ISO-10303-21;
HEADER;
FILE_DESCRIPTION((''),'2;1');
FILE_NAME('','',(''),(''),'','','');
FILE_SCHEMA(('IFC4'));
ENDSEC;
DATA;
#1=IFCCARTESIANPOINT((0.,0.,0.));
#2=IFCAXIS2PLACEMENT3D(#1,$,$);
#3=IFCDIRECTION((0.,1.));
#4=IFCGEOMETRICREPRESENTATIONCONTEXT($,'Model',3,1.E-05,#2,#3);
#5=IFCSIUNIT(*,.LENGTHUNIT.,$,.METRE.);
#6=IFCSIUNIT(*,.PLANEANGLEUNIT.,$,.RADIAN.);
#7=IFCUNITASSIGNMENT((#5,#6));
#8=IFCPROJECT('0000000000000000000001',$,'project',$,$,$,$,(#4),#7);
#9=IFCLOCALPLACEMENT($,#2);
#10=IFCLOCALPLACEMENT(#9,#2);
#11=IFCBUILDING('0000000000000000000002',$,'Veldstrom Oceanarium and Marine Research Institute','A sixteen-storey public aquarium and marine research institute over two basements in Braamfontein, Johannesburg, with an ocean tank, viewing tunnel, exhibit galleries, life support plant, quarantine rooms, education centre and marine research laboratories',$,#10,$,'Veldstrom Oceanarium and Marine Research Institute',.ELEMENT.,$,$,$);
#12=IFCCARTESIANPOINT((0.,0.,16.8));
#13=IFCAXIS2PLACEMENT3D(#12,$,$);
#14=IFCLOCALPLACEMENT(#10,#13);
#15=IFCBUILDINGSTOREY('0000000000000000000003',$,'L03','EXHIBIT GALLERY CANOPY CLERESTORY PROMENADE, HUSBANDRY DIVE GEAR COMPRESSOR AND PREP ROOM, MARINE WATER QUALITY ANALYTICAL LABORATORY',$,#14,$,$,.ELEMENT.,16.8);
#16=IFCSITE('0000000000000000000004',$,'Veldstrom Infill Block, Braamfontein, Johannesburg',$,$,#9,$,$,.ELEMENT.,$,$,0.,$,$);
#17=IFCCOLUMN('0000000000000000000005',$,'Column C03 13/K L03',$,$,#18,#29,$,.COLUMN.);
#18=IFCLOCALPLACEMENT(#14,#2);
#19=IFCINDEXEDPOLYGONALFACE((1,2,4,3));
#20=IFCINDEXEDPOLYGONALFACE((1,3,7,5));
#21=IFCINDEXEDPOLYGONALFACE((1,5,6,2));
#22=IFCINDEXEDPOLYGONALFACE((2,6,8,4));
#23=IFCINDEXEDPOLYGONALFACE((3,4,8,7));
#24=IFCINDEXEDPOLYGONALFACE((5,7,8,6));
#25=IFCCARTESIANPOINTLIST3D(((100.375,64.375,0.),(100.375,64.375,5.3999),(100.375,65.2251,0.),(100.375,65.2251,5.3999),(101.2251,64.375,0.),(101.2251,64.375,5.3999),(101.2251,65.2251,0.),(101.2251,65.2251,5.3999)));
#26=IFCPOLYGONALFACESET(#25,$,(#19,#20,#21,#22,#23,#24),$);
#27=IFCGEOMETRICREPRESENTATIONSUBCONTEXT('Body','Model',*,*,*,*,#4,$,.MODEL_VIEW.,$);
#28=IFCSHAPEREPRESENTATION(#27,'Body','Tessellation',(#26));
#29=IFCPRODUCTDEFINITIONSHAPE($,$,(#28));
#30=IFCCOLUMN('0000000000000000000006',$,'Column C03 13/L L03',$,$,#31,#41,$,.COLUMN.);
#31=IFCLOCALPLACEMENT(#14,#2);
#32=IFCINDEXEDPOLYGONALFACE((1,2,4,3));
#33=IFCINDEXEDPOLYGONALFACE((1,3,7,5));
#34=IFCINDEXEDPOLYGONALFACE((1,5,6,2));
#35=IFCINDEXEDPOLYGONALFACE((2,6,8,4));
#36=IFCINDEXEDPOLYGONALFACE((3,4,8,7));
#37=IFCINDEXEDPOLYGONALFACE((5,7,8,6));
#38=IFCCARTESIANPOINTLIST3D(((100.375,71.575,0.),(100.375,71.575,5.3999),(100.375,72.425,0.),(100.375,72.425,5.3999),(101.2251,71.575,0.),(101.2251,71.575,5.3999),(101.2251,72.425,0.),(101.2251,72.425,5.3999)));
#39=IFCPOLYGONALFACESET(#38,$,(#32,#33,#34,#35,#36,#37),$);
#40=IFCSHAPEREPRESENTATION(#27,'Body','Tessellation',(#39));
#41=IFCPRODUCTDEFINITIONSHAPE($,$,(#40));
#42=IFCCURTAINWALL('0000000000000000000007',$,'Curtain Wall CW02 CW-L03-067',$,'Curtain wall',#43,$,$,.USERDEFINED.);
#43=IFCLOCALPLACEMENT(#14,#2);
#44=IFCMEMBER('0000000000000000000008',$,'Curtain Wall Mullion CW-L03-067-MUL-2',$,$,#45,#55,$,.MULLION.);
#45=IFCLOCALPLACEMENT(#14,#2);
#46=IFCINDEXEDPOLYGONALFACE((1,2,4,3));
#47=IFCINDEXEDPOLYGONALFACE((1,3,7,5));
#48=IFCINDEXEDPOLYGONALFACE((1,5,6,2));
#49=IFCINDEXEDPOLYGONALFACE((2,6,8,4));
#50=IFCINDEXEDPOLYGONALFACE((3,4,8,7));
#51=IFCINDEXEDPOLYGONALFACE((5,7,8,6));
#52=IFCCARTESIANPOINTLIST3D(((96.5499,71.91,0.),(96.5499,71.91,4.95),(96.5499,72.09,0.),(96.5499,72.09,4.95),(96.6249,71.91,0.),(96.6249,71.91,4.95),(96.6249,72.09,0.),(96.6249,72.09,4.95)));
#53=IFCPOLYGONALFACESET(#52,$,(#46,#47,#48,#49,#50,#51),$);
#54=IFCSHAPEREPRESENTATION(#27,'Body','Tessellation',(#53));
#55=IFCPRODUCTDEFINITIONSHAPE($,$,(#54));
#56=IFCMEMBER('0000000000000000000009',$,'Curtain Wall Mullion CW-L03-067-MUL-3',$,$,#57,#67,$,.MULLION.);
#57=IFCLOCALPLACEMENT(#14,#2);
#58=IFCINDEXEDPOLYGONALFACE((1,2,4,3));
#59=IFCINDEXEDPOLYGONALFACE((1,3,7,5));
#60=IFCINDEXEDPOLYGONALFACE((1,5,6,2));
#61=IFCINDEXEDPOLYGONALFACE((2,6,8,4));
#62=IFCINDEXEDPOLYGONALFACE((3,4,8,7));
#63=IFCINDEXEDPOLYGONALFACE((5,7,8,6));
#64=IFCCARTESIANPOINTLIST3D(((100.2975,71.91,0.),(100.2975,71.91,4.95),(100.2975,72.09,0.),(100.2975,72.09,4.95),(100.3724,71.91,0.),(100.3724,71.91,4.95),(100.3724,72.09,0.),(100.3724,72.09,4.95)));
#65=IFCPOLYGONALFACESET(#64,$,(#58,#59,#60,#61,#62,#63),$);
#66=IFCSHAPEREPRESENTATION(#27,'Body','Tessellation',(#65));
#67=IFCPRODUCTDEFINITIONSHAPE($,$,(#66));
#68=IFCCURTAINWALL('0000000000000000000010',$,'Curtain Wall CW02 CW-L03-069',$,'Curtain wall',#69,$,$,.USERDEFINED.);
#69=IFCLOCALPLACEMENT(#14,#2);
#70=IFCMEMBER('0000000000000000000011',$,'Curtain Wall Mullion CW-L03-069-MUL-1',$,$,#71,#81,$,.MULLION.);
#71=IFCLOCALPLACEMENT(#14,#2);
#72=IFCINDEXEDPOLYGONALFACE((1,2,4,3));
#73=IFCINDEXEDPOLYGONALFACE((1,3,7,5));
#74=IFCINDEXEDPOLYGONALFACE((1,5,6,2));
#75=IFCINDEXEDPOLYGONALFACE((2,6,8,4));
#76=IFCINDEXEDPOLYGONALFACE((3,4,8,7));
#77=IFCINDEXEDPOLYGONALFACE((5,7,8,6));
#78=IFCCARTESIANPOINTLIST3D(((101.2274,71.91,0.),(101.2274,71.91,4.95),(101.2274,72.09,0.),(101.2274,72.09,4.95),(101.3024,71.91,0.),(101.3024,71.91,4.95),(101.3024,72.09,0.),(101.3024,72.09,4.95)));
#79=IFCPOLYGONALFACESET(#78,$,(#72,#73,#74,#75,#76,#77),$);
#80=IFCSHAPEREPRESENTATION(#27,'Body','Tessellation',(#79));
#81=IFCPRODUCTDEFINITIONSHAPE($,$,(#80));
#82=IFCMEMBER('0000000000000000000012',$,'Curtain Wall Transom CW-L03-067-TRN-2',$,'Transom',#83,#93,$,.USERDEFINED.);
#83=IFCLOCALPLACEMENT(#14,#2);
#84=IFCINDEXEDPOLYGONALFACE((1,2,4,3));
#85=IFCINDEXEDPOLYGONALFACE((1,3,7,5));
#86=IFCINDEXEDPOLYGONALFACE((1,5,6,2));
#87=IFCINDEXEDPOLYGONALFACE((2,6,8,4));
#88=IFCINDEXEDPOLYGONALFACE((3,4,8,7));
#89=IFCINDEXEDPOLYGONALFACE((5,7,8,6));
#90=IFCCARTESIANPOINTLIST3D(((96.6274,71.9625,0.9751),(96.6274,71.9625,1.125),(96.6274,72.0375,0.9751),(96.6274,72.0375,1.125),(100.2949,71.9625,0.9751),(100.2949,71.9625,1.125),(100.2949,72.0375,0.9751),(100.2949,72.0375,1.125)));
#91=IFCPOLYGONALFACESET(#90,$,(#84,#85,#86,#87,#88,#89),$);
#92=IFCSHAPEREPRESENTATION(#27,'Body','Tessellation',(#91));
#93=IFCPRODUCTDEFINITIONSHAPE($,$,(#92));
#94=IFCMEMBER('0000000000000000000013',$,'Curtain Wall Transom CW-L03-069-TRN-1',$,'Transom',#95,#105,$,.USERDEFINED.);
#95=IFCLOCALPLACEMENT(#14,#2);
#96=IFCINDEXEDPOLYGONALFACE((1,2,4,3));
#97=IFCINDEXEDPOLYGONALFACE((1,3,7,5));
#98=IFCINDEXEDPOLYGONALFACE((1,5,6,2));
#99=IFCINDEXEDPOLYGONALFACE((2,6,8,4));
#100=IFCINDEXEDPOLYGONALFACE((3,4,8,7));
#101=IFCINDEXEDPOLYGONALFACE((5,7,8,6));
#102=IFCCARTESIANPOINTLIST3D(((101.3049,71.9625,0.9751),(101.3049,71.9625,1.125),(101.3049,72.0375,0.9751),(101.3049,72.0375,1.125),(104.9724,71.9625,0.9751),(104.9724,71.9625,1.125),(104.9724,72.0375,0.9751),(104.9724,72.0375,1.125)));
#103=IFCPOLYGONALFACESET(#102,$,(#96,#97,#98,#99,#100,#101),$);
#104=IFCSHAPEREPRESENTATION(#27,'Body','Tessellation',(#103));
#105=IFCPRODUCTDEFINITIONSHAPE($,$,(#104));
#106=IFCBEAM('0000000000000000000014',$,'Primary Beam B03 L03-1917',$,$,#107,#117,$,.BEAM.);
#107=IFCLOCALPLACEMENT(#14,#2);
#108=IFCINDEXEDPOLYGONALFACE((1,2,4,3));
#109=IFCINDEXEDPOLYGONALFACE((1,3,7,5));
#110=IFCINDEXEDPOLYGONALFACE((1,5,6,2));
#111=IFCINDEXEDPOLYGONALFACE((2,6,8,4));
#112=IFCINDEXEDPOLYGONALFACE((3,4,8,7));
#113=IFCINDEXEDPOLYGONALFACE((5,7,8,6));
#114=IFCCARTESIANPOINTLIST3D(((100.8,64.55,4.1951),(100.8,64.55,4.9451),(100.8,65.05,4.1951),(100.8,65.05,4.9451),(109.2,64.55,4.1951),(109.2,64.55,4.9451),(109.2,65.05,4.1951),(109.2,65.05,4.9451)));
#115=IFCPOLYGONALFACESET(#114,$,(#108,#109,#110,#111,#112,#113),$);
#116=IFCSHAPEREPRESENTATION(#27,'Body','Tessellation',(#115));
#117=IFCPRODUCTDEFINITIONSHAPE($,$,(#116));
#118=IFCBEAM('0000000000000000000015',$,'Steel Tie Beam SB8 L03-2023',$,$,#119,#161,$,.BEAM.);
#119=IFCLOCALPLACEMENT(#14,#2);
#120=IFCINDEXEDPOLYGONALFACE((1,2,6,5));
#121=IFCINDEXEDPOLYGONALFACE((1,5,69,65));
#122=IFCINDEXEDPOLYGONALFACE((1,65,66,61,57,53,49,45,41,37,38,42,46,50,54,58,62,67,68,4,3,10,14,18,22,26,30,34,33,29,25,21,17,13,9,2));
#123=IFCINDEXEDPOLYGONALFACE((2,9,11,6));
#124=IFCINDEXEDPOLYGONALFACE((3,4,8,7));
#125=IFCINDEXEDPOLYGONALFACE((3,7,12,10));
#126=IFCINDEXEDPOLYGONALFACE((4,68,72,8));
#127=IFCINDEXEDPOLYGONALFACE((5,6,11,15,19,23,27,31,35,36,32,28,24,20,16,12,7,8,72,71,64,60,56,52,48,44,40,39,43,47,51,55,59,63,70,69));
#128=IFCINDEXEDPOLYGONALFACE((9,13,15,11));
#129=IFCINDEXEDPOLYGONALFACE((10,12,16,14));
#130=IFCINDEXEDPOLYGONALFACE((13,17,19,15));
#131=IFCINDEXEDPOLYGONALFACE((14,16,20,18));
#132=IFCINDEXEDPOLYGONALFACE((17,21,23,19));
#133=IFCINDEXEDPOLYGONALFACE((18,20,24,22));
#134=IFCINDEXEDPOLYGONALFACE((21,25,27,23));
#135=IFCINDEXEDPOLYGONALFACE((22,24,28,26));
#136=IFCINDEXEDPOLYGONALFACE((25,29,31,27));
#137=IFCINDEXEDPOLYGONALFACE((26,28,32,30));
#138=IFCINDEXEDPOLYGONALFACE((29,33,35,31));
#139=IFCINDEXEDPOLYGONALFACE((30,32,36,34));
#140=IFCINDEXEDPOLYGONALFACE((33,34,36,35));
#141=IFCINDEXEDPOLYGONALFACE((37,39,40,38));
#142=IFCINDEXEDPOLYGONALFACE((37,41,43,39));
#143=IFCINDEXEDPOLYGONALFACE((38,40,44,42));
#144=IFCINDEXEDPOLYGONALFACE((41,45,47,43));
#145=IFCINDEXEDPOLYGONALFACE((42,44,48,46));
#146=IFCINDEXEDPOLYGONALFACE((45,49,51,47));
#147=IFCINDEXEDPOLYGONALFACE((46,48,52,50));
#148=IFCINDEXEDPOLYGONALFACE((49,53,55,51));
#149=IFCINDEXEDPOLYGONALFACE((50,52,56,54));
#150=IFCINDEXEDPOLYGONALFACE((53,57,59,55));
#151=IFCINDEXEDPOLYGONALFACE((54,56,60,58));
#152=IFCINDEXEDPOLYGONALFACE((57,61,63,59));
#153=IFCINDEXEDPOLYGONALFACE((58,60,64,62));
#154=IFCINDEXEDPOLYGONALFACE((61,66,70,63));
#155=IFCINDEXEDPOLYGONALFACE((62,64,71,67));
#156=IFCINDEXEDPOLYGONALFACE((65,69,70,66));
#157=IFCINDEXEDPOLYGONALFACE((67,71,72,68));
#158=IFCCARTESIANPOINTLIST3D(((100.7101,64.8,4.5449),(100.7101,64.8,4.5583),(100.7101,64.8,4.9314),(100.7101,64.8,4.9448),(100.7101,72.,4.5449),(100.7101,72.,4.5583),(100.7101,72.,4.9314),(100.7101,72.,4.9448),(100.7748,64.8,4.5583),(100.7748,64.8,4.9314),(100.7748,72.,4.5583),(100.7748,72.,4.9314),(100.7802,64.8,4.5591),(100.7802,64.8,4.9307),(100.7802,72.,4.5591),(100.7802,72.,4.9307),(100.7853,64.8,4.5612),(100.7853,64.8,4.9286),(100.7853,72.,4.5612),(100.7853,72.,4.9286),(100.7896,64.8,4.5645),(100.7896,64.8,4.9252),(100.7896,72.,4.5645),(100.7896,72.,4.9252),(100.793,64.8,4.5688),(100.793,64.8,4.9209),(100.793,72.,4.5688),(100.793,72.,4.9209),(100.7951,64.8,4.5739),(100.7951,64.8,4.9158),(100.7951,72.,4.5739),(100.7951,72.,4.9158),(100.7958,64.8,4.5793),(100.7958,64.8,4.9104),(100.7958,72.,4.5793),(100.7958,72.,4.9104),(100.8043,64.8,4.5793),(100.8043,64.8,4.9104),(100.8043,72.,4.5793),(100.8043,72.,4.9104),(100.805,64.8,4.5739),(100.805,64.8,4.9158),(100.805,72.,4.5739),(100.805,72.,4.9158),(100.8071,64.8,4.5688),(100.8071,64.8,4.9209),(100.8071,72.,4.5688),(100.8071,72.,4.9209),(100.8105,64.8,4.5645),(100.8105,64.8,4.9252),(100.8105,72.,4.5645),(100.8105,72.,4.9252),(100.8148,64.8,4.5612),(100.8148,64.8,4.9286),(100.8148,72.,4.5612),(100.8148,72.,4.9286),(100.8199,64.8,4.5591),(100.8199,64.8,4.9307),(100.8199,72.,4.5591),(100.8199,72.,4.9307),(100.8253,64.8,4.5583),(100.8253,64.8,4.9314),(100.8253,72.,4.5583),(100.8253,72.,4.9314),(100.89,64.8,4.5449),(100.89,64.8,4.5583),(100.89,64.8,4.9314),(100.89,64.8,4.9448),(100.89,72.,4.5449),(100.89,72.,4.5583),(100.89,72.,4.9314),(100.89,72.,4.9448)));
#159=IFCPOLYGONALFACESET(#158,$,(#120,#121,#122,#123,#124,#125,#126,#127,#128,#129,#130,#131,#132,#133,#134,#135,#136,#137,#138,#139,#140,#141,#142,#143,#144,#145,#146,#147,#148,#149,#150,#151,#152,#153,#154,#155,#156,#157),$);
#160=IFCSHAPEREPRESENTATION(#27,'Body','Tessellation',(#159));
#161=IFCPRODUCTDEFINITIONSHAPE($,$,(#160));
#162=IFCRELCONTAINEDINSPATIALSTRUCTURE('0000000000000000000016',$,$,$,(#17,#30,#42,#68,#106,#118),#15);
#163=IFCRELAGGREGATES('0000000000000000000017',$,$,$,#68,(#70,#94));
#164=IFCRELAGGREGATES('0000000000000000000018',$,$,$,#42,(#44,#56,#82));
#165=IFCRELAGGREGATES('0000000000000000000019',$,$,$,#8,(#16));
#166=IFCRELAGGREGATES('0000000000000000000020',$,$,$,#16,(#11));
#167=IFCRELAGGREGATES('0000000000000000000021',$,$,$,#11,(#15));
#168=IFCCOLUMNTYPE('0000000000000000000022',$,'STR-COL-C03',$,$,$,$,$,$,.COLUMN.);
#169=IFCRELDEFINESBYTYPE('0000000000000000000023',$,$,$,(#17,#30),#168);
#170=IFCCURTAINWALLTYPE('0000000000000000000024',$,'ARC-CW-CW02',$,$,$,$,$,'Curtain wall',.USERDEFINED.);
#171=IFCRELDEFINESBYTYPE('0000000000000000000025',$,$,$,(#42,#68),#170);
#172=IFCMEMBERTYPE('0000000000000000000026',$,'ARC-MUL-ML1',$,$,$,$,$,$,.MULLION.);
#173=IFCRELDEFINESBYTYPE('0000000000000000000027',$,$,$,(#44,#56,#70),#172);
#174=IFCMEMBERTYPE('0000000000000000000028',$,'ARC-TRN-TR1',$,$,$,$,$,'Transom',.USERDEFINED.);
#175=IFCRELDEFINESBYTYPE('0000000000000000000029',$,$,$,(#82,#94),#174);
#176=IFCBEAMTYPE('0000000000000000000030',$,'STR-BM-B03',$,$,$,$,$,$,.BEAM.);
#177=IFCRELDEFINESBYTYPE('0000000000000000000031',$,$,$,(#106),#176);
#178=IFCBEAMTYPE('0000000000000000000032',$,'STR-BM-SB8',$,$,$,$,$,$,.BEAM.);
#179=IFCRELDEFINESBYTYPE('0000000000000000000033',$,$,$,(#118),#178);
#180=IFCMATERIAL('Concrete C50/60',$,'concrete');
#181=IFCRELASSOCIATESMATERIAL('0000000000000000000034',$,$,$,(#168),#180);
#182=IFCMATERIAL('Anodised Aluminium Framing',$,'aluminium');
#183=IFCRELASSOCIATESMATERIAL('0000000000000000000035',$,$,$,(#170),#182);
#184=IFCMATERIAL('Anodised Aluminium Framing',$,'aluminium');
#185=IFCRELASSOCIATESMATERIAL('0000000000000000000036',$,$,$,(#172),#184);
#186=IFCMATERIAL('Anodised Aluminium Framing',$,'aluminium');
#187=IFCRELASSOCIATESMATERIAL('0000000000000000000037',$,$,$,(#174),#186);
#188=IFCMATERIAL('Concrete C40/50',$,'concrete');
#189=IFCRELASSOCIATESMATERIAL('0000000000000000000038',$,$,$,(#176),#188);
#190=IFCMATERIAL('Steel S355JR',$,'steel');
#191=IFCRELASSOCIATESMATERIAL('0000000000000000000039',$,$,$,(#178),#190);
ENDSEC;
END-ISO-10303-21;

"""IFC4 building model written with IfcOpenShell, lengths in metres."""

from ifc_helpers import new_model, si_unit, direction, frame, origin, origin_2d, place, context, subcontext, project, spatial, rectangle, i_section, extrude, material, material_profile, profile_set, type_object, element, aggregate, save


model = new_model("IFC4")

# Units and contexts
model_context = context("Model", 3, precision=1e-05, world=origin(), true_north=direction((0.0, 1.0)))
body_context = subcontext(model_context, "Body", "Model", "MODEL_VIEW")
ifc_project = project(units=[si_unit("LENGTHUNIT", "METRE"), si_unit("PLANEANGLEUNIT", "RADIAN")], contexts=[model_context])

# Site, building, storey
site_placement = place(None, origin())
site = spatial("IfcSite", under=ifc_project, at=site_placement, Name="Veldstrom Infill Block, Braamfontein, Johannesburg", CompositionType="ELEMENT", RefElevation=0.0)
building_placement = place(site_placement, origin())
building = spatial("IfcBuilding", under=site, at=building_placement, Name="Veldstrom Oceanarium and Marine Research Institute", Description="A sixteen-storey public aquarium and marine research institute over two basements in Braamfontein, Johannesburg, with an ocean tank, viewing tunnel, exhibit galleries, life support plant, quarantine rooms, education centre and marine research laboratories", LongName="Veldstrom Oceanarium and Marine Research Institute", CompositionType="ELEMENT")
storey_placement = place(building_placement, frame((0.0, 0.0, 16.8)))
storey = spatial("IfcBuildingStorey", under=building, at=storey_placement, Name="L03", Description="EXHIBIT GALLERY CANOPY CLERESTORY PROMENADE, HUSBANDRY DIVE GEAR COMPRESSOR AND PREP ROOM, MARINE WATER QUALITY ANALYTICAL LABORATORY", CompositionType="ELEMENT", Elevation=16.8)

# Columns
ifc_material_1 = material(Name="Concrete C50/60", Category="concrete")
ifc_material_profile_1 = material_profile(ifc_material_1, rectangle(XDim=0.8501, YDim=0.8501, at=origin_2d()), Name="RC-COL-850x850")
ifc_profile_set_1 = profile_set([ifc_material_profile_1], Name="Concrete C50/60")
column_type = type_object("IfcColumnType", Name="STR-COL-C03", PredefinedType="COLUMN", material=ifc_profile_set_1)
for number, where, z_axis, x_axis, name in (
    (1, (100.8, 64.8, 0.0), (0.0, 0.0, 1.0), (1.0, 0.0, 0.0), "Column C03 13/K L03"),
    (2, (100.8, 72.0, 0.0), (0.0, 0.0, 1.0), (1.0, 0.0, 0.0), "Column C03 13/L L03"),
):
    element("IfcColumn", number, at=place(storey_placement, frame(where, z_axis=z_axis, x_axis=x_axis)), inside=storey, type_object=column_type, Name=name, PredefinedType="COLUMN", context=body_context, shape_type="SweptSolid", body=[
        extrude(rectangle(XDim=0.8501, YDim=0.8501, at=origin_2d()), origin(), (0.0, 0.0, 1.0), 5.3999),
    ])

# Curtain wall, members
ifc_material_2 = material(Name="Anodised Aluminium Framing", Category="aluminium")
curtain_wall_type = type_object("IfcCurtainWallType", Name="ARC-CW-CW02", ElementType="Curtain wall", PredefinedType="USERDEFINED", material=ifc_material_2)
curtain_wall_1_placement = place(storey_placement, origin())
curtain_wall_1 = element("IfcCurtainWall", 3, at=curtain_wall_1_placement, inside=storey, type_object=curtain_wall_type, Name="Curtain Wall CW02 CW-L03-067", ObjectType="Curtain wall", PredefinedType="USERDEFINED")
ifc_material_3 = material(Name="Anodised Aluminium Framing", Category="aluminium")
ifc_material_profile_2 = material_profile(ifc_material_3, rectangle(XDim=0.075, YDim=0.1799, at=origin_2d()), Name="ALU-MUL-75x180")
ifc_profile_set_2 = profile_set([ifc_material_profile_2], Name="Anodised Aluminium Framing")
member_type_1 = type_object("IfcMemberType", Name="ARC-MUL-ML1", PredefinedType="MULLION", material=ifc_profile_set_2)
member_1_placement = place(storey_placement, frame((96.5874, 72.0, 0.0), z_axis=(0.0, 0.0, 1.0), x_axis=(1.0, 0.0, 0.0)))
member_1 = element("IfcMember", 4, at=member_1_placement, type_object=member_type_1, Name="Curtain Wall Mullion CW-L03-067-MUL-2", PredefinedType="MULLION", context=body_context, shape_type="SweptSolid", body=[
    extrude(rectangle(XDim=0.075, YDim=0.1799, at=origin_2d()), origin(), (0.0, 0.0, 1.0), 4.95),
])
member_2_placement = place(storey_placement, frame((100.335, 72.0, 0.0), z_axis=(0.0, 0.0, 1.0), x_axis=(1.0, 0.0, 0.0)))
member_2 = element("IfcMember", 5, at=member_2_placement, type_object=member_type_1, Name="Curtain Wall Mullion CW-L03-067-MUL-3", PredefinedType="MULLION", context=body_context, shape_type="SweptSolid", body=[
    extrude(rectangle(XDim=0.075, YDim=0.1799, at=origin_2d()), origin(), (0.0, 0.0, 1.0), 4.95),
])

# Curtain wall, member
curtain_wall_2_placement = place(storey_placement, origin())
curtain_wall_2 = element("IfcCurtainWall", 6, at=curtain_wall_2_placement, inside=storey, type_object=curtain_wall_type, Name="Curtain Wall CW02 CW-L03-069", ObjectType="Curtain wall", PredefinedType="USERDEFINED")
member_3_placement = place(storey_placement, frame((101.2649, 72.0, 0.0), z_axis=(0.0, 0.0, 1.0), x_axis=(1.0, 0.0, 0.0)))
member_3 = element("IfcMember", 7, at=member_3_placement, type_object=member_type_1, Name="Curtain Wall Mullion CW-L03-069-MUL-1", PredefinedType="MULLION", context=body_context, shape_type="SweptSolid", body=[
    extrude(rectangle(XDim=0.075, YDim=0.1799, at=origin_2d()), origin(), (0.0, 0.0, 1.0), 4.95),
])

# Members
ifc_material_4 = material(Name="Anodised Aluminium Framing", Category="aluminium")
ifc_material_profile_3 = material_profile(ifc_material_4, rectangle(XDim=0.075, YDim=0.1499, at=origin_2d()), Name="ALU-TRN-75x150")
ifc_profile_set_3 = profile_set([ifc_material_profile_3], Name="Anodised Aluminium Framing")
member_type_2 = type_object("IfcMemberType", Name="ARC-TRN-TR1", ElementType="Transom", PredefinedType="USERDEFINED", material=ifc_profile_set_3)
member_4_placement = place(storey_placement, frame((96.6274, 72.0, 1.05), z_axis=(1.0, 0.0, 0.0), x_axis=(0.0, 1.0, 0.0)))
member_4 = element("IfcMember", 8, at=member_4_placement, type_object=member_type_2, Name="Curtain Wall Transom CW-L03-067-TRN-2", ObjectType="Transom", PredefinedType="USERDEFINED", context=body_context, shape_type="SweptSolid", body=[
    extrude(rectangle(XDim=0.075, YDim=0.1499, at=origin_2d()), origin(), (0.0, 0.0, 1.0), 3.6675),
])
member_5_placement = place(storey_placement, frame((101.3049, 72.0, 1.05), z_axis=(1.0, 0.0, 0.0), x_axis=(0.0, 1.0, 0.0)))
member_5 = element("IfcMember", 9, at=member_5_placement, type_object=member_type_2, Name="Curtain Wall Transom CW-L03-069-TRN-1", ObjectType="Transom", PredefinedType="USERDEFINED", context=body_context, shape_type="SweptSolid", body=[
    extrude(rectangle(XDim=0.075, YDim=0.1499, at=origin_2d()), origin(), (0.0, 0.0, 1.0), 3.6675),
])
aggregate(curtain_wall_2, [member_3, member_5])

# Beams
ifc_material_5 = material(Name="Concrete C40/50", Category="concrete")
ifc_material_profile_4 = material_profile(ifc_material_5, rectangle(XDim=0.5, YDim=0.75, at=origin_2d()), Name="RC-BM-500x750")
ifc_profile_set_4 = profile_set([ifc_material_profile_4], Name="Concrete C40/50")
beam_type_1 = type_object("IfcBeamType", Name="STR-BM-B03", PredefinedType="BEAM", material=ifc_profile_set_4)
beam_1_placement = place(storey_placement, frame((100.8, 64.8, 4.5701), z_axis=(1.0, 0.0, 0.0), x_axis=(0.0, 1.0, 0.0)))
element("IfcBeam", 10, at=beam_1_placement, inside=storey, type_object=beam_type_1, Name="Primary Beam B03 L03-1917", PredefinedType="BEAM", context=body_context, shape_type="SweptSolid", body=[
    extrude(rectangle(XDim=0.5, YDim=0.75, at=origin_2d()), origin(), (0.0, 0.0, 1.0), 8.3999),
])
ifc_material_6 = material(Name="Steel S355JR", Category="steel")
ifc_material_profile_5 = material_profile(ifc_material_6, i_section(OverallWidth=0.1799, OverallDepth=0.3999, WebThickness=0.0085, FlangeThickness=0.0134, FilletRadius=0.021, at=origin_2d()), Name="IPE 400")
ifc_profile_set_5 = profile_set([ifc_material_profile_5], Name="Steel S355JR")
beam_type_2 = type_object("IfcBeamType", Name="STR-BM-SB8", PredefinedType="BEAM", material=ifc_profile_set_5)
beam_2_placement = place(storey_placement, frame((100.8, 64.8, 4.7449), z_axis=(0.0, 1.0, 0.0), x_axis=(-1.0, 0.0, 0.0)))
element("IfcBeam", 11, at=beam_2_placement, inside=storey, type_object=beam_type_2, Name="Steel Tie Beam SB8 L03-2023", PredefinedType="BEAM", context=body_context, shape_type="SweptSolid", body=[
    extrude(i_section(OverallWidth=0.1799, OverallDepth=0.3999, WebThickness=0.0085, FlangeThickness=0.0134, FilletRadius=0.021, at=origin_2d()), origin(), (0.0, 0.0, 1.0), 7.2),
])

aggregate(curtain_wall_1, [member_1, member_2, member_4])

save(model, "model.ifc")
